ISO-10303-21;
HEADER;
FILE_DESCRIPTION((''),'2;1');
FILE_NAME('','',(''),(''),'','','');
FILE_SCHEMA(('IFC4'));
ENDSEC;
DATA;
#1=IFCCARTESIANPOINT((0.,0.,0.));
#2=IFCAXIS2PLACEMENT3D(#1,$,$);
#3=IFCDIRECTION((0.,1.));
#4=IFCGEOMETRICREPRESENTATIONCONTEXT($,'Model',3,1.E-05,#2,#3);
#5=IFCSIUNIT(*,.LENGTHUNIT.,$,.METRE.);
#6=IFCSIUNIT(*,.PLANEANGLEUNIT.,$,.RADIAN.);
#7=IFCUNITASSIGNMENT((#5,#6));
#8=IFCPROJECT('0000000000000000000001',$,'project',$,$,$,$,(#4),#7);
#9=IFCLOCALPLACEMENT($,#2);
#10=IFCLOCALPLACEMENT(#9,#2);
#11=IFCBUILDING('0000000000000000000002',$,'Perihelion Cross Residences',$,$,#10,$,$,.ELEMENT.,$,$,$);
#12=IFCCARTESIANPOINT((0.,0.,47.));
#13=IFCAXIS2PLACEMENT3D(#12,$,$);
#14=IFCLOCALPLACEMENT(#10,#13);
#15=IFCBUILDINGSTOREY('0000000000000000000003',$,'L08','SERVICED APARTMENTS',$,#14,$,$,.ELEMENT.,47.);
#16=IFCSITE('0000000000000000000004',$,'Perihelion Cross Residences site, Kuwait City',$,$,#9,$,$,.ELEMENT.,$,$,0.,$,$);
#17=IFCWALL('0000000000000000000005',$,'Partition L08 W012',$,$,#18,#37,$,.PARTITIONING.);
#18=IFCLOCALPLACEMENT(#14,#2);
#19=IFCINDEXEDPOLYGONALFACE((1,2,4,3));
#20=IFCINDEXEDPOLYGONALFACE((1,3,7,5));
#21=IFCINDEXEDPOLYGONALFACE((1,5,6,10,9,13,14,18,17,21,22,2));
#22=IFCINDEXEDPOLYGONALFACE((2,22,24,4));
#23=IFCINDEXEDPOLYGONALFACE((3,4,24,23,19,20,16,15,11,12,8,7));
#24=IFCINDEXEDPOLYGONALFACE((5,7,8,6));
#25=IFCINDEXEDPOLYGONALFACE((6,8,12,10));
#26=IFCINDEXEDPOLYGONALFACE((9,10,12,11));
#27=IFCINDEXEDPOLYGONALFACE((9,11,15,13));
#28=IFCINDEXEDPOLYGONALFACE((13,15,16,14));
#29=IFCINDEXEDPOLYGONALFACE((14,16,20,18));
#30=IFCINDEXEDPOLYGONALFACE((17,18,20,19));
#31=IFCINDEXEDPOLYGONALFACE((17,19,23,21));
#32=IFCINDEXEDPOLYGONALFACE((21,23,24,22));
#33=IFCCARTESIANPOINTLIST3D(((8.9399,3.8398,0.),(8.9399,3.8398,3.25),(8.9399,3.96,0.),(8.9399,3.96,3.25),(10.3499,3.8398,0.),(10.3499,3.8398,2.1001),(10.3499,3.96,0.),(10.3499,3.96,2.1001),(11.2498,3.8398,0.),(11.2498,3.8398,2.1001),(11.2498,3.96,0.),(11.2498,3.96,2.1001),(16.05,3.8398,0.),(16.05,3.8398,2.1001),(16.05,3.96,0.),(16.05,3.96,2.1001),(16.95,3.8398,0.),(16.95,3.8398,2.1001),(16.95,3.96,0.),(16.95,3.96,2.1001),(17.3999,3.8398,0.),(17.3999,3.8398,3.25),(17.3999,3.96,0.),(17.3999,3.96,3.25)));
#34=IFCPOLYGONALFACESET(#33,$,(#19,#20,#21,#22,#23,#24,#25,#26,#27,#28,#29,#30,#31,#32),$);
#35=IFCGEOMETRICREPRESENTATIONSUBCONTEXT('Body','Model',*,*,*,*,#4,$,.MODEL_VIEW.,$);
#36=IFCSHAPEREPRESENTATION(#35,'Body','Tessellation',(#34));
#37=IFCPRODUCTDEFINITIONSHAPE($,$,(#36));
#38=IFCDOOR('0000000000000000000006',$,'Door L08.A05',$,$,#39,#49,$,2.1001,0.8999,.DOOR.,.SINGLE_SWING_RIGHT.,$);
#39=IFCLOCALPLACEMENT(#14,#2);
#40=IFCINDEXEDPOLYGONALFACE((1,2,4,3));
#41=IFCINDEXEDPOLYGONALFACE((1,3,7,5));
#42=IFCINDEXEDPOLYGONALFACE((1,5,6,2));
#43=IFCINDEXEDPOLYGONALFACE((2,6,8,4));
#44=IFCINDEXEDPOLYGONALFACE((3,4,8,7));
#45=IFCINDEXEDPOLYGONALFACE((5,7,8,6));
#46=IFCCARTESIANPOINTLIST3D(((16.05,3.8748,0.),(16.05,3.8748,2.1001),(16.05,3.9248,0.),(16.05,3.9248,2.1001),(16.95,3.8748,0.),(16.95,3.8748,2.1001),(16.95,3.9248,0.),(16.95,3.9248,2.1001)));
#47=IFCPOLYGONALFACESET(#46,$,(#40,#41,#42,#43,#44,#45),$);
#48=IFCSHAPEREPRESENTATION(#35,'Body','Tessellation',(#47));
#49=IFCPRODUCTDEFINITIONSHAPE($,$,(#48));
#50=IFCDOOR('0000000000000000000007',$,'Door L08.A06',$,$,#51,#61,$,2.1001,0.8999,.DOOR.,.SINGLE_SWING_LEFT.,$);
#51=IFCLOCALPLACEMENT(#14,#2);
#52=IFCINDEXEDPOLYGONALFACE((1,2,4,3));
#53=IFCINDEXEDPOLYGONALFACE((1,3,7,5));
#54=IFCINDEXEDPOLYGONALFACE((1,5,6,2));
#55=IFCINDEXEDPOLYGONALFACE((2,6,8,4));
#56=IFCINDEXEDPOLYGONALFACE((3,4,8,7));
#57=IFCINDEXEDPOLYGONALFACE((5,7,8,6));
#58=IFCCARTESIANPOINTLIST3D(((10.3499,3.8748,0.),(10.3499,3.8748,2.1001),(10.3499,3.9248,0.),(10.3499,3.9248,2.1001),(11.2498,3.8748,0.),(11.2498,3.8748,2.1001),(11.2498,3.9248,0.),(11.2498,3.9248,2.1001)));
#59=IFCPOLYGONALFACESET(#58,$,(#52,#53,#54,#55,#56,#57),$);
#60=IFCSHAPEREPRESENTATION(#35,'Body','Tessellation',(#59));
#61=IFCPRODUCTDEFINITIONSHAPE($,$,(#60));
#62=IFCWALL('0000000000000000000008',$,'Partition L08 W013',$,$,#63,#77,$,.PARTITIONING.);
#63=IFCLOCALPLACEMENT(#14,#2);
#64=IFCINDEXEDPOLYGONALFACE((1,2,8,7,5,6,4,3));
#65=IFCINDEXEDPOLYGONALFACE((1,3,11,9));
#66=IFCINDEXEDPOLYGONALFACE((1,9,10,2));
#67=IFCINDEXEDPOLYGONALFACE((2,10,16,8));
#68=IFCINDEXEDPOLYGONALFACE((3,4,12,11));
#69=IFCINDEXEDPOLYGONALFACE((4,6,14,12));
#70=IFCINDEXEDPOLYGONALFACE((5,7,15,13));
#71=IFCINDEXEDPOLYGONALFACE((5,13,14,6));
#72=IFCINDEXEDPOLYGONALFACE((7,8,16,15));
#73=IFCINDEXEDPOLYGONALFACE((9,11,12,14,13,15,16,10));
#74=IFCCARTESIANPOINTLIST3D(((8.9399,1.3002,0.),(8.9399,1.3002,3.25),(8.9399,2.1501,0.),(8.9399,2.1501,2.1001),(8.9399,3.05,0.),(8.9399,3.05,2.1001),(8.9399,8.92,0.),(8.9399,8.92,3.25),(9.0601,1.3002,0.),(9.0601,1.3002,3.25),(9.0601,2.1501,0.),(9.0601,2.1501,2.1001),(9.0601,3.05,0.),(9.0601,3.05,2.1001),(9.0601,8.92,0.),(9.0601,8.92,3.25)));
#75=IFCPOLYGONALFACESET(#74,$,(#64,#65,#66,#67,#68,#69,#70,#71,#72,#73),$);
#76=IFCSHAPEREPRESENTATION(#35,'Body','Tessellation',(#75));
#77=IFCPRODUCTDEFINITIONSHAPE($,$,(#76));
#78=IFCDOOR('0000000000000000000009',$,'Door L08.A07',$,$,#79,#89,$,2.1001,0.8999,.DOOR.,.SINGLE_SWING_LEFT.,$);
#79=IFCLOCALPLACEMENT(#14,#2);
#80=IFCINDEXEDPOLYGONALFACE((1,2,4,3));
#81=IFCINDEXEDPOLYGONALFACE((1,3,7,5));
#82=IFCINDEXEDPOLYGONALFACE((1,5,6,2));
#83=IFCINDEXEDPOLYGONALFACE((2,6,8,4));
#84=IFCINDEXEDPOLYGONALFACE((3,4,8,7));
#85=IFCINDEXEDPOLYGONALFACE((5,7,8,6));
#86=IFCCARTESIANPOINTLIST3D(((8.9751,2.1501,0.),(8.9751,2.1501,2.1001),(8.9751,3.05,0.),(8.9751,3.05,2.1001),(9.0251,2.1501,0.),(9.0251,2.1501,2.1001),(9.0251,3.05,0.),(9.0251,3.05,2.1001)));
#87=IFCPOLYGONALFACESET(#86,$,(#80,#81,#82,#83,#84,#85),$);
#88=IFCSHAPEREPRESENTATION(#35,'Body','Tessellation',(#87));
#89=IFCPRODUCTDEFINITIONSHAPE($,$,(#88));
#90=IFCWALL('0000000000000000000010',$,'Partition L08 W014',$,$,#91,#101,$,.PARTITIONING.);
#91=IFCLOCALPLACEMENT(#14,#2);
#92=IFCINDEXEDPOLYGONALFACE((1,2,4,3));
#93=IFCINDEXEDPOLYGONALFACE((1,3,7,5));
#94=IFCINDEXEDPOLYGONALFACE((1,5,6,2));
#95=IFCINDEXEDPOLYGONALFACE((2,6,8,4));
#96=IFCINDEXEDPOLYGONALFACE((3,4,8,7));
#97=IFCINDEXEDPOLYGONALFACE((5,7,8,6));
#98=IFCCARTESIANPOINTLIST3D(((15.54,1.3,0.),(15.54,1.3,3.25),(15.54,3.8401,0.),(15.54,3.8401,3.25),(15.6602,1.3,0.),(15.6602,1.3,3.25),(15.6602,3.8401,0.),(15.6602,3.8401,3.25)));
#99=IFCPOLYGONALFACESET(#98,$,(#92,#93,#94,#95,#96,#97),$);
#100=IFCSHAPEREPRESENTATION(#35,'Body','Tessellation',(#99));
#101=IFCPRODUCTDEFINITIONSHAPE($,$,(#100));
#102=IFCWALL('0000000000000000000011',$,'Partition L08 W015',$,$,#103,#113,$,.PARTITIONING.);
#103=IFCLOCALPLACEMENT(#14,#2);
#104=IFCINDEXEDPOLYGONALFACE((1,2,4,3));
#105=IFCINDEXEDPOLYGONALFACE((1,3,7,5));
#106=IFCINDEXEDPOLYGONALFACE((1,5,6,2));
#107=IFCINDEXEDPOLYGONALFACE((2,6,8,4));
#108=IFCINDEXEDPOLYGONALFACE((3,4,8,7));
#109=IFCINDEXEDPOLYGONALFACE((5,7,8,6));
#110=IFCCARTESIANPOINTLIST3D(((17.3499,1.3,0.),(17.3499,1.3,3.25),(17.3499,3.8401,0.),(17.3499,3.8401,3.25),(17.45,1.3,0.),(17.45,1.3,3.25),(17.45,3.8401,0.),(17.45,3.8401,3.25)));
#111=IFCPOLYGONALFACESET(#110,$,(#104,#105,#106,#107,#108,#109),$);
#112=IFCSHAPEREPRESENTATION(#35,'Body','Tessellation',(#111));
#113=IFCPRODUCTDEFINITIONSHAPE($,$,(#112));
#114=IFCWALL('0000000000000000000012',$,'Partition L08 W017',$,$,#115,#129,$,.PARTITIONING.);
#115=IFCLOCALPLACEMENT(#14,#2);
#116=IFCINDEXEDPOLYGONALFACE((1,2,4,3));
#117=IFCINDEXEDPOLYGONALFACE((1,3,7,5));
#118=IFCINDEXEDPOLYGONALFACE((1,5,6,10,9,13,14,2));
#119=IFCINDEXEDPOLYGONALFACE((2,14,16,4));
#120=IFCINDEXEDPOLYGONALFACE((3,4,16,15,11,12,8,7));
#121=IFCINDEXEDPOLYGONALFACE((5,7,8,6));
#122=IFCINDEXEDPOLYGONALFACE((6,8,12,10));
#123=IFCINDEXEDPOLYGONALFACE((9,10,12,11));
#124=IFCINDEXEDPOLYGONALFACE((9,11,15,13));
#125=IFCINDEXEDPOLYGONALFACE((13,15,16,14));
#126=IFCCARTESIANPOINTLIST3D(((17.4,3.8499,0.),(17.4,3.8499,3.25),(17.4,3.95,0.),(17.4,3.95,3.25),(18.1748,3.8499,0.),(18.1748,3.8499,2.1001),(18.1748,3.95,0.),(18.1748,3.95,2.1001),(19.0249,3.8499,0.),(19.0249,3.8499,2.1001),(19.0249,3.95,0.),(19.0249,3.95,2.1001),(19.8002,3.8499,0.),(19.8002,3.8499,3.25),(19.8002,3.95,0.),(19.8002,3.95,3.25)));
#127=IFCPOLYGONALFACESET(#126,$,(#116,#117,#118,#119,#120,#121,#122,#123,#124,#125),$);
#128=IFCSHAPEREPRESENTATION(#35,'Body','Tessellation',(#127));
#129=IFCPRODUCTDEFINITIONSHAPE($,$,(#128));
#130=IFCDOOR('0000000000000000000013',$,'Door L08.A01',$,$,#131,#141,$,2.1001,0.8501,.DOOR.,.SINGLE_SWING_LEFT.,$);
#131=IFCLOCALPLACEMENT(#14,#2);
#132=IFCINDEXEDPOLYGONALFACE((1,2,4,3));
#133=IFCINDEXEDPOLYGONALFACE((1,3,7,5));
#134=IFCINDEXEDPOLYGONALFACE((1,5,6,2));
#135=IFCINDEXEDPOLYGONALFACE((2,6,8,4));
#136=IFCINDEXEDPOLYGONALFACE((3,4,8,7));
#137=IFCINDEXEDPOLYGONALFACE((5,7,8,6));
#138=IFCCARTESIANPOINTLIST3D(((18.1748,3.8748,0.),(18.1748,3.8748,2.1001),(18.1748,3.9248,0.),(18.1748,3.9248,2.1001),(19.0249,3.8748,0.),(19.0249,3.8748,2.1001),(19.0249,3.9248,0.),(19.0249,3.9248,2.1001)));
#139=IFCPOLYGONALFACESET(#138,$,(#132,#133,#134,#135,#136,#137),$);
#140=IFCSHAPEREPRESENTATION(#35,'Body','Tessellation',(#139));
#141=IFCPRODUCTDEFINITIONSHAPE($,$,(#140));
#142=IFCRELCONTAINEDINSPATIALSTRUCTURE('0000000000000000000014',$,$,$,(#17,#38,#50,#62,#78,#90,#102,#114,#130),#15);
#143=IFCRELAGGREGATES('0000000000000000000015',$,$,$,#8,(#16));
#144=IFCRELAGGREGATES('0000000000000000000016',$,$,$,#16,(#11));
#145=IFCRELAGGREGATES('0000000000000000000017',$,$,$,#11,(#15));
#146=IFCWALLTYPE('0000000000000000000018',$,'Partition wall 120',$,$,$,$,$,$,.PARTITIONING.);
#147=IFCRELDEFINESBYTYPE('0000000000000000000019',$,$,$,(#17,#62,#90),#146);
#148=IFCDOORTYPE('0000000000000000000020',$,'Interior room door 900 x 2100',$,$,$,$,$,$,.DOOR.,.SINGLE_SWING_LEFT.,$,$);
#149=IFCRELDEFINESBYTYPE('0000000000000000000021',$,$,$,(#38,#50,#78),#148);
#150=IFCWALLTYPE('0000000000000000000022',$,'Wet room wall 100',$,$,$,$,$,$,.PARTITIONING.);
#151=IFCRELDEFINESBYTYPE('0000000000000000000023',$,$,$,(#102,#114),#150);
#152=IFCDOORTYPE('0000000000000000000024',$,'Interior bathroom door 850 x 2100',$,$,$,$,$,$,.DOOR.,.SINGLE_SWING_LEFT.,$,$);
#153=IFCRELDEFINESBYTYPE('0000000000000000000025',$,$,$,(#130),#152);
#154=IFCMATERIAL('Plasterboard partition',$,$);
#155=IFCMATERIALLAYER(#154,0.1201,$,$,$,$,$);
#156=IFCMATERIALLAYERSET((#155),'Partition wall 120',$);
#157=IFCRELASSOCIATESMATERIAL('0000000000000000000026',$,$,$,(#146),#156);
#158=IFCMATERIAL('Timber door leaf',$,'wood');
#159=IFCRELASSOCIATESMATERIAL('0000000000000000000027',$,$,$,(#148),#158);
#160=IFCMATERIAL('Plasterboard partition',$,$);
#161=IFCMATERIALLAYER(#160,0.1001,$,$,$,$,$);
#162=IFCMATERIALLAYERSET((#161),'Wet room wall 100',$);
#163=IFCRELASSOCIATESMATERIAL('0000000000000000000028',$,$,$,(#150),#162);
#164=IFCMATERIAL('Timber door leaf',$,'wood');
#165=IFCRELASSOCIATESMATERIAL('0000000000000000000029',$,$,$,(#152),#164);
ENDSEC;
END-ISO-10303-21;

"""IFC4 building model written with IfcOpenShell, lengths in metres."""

from ifc_helpers import new_model, si_unit, direction, frame, frame_2d, origin, place, context, subcontext, project, spatial, rectangle, extrude, material, layer, layer_set, type_object, element, fill, save


model = new_model("IFC4")

# Units and contexts
model_context = context("Model", 3, precision=1e-05, world=origin(), true_north=direction((0.0, 1.0)))
body_context = subcontext(model_context, "Body", "Model", "MODEL_VIEW")
ifc_project = project(units=[si_unit("LENGTHUNIT", "METRE"), si_unit("PLANEANGLEUNIT", "RADIAN")], contexts=[model_context])

# Site, building, storey
site_placement = place(None, origin())
site = spatial("IfcSite", under=ifc_project, at=site_placement, Name="Perihelion Cross Residences site, Kuwait City", CompositionType="ELEMENT", RefElevation=0.0)
building_placement = place(site_placement, origin())
building = spatial("IfcBuilding", under=site, at=building_placement, Name="Perihelion Cross Residences", CompositionType="ELEMENT")
storey_placement = place(building_placement, frame((0.0, 0.0, 47.0)))
storey = spatial("IfcBuildingStorey", under=building, at=storey_placement, Name="L08", Description="SERVICED APARTMENTS", CompositionType="ELEMENT", Elevation=47.0)

# Shared definitions
ifc_material_1 = material(Name="Plasterboard partition")
ifc_layer_1 = layer(ifc_material_1, 0.1201)
ifc_layer_set_1 = layer_set([ifc_layer_1], Name="Partition wall 120")
wall_type_1 = type_object("IfcWallType", Name="Partition wall 120", PredefinedType="PARTITIONING", material=ifc_layer_set_1)
ifc_material_2 = material(Name="Timber door leaf", Category="wood")
door_type_1 = type_object("IfcDoorType", Name="Interior room door 900 x 2100", OperationType="SINGLE_SWING_LEFT", PredefinedType="DOOR", material=ifc_material_2)

# Wall, openings, doors
wall_1_placement = place(storey_placement, frame((8.9399, 3.8999, 0.0), z_axis=(0.0, 0.0, 1.0), x_axis=(1.0, 0.0, 0.0)))
wall_1 = element("IfcWall", 1, at=wall_1_placement, inside=storey, type_object=wall_type_1, Name="Partition L08 W012", PredefinedType="PARTITIONING", context=body_context, shape_type="SweptSolid", body=[
    extrude(rectangle(XDim=8.46, YDim=0.1201, at=frame_2d((4.23, 0.0))), origin(), (0.0, 0.0, 1.0), 3.25),
])
opening_1_placement = place(wall_1_placement, frame((7.1101, 0.0, 0.0)))
opening_1 = element("IfcOpeningElement", 2, at=opening_1_placement, cuts=wall_1, PredefinedType="OPENING", context=body_context, shape_type="SweptSolid", body=[
    extrude(rectangle(XDim=0.8999, YDim=2.1001, at=frame_2d((0.45, 1.05))), frame((0.0, 0.0701, 0.0), z_axis=(0.0, -1.0, 0.0), x_axis=(1.0, 0.0, 0.0)), (0.0, 0.0, 1.0), 0.1401),
])
opening_2_placement = place(wall_1_placement, frame((1.4099, 0.0, 0.0)))
opening_2 = element("IfcOpeningElement", 3, at=opening_2_placement, cuts=wall_1, PredefinedType="OPENING", context=body_context, shape_type="SweptSolid", body=[
    extrude(rectangle(XDim=0.8999, YDim=2.1001, at=frame_2d((0.45, 1.05))), frame((0.0, 0.0701, 0.0), z_axis=(0.0, -1.0, 0.0), x_axis=(1.0, 0.0, 0.0)), (0.0, 0.0, 1.0), 0.1401),
])
door_1_placement = place(opening_1_placement, origin())
door_1 = element("IfcDoor", 4, at=door_1_placement, inside=storey, type_object=door_type_1, Name="Door L08.A05", OperationType="SINGLE_SWING_RIGHT", OverallHeight=2.1001, OverallWidth=0.8999, PredefinedType="DOOR", context=body_context, shape_type="SweptSolid", body=[
    extrude(rectangle(XDim=0.8999, YDim=2.1001, at=frame_2d((0.45, 1.05))), frame((0.0, 0.0249, 0.0), z_axis=(0.0, -1.0, 0.0), x_axis=(1.0, 0.0, 0.0)), (0.0, 0.0, 1.0), 0.05),
])
fill(opening_1, door_1)
door_2_placement = place(opening_2_placement, origin())
door_2 = element("IfcDoor", 5, at=door_2_placement, inside=storey, type_object=door_type_1, Name="Door L08.A06", OperationType="SINGLE_SWING_LEFT", OverallHeight=2.1001, OverallWidth=0.8999, PredefinedType="DOOR", context=body_context, shape_type="SweptSolid", body=[
    extrude(rectangle(XDim=0.8999, YDim=2.1001, at=frame_2d((0.45, 1.05))), frame((0.0, 0.0249, 0.0), z_axis=(0.0, -1.0, 0.0), x_axis=(1.0, 0.0, 0.0)), (0.0, 0.0, 1.0), 0.05),
])
fill(opening_2, door_2)

# Wall, opening, door
wall_2_placement = place(storey_placement, frame((9.0, 1.3, 0.0), z_axis=(0.0, 0.0, 1.0), x_axis=(0.0, 1.0, 0.0)))
wall_2 = element("IfcWall", 6, at=wall_2_placement, inside=storey, type_object=wall_type_1, Name="Partition L08 W013", PredefinedType="PARTITIONING", context=body_context, shape_type="SweptSolid", body=[
    extrude(rectangle(XDim=7.6199, YDim=0.1201, at=frame_2d((3.8101, 0.0))), origin(), (0.0, 0.0, 1.0), 3.25),
])
opening_3_placement = place(wall_2_placement, frame((0.8501, 0.0, 0.0)))
opening_3 = element("IfcOpeningElement", 7, at=opening_3_placement, cuts=wall_2, PredefinedType="OPENING", context=body_context, shape_type="SweptSolid", body=[
    extrude(rectangle(XDim=0.8999, YDim=2.1001, at=frame_2d((0.45, 1.05))), frame((0.0, 0.0701, 0.0), z_axis=(0.0, -1.0, 0.0), x_axis=(1.0, 0.0, 0.0)), (0.0, 0.0, 1.0), 0.1401),
])
door_3_placement = place(opening_3_placement, origin())
door_3 = element("IfcDoor", 8, at=door_3_placement, inside=storey, type_object=door_type_1, Name="Door L08.A07", OperationType="SINGLE_SWING_LEFT", OverallHeight=2.1001, OverallWidth=0.8999, PredefinedType="DOOR", context=body_context, shape_type="SweptSolid", body=[
    extrude(rectangle(XDim=0.8999, YDim=2.1001, at=frame_2d((0.45, 1.05))), frame((0.0, 0.0249, 0.0), z_axis=(0.0, -1.0, 0.0), x_axis=(1.0, 0.0, 0.0)), (0.0, 0.0, 1.0), 0.05),
])
fill(opening_3, door_3)

# Walls
wall_3_placement = place(storey_placement, frame((15.6001, 3.8401, 0.0), z_axis=(0.0, 0.0, 1.0), x_axis=(0.0, -1.0, 0.0)))
element("IfcWall", 9, at=wall_3_placement, inside=storey, type_object=wall_type_1, Name="Partition L08 W014", PredefinedType="PARTITIONING", context=body_context, shape_type="SweptSolid", body=[
    extrude(rectangle(XDim=2.54, YDim=0.1201, at=frame_2d((1.27, 0.0))), origin(), (0.0, 0.0, 1.0), 3.25),
])
ifc_material_3 = material(Name="Plasterboard partition")
ifc_layer_2 = layer(ifc_material_3, 0.1001)
ifc_layer_set_2 = layer_set([ifc_layer_2], Name="Wet room wall 100")
wall_type_2 = type_object("IfcWallType", Name="Wet room wall 100", PredefinedType="PARTITIONING", material=ifc_layer_set_2)
wall_4_placement = place(storey_placement, frame((17.3999, 3.8401, 0.0), z_axis=(0.0, 0.0, 1.0), x_axis=(0.0, -1.0, 0.0)))
element("IfcWall", 10, at=wall_4_placement, inside=storey, type_object=wall_type_2, Name="Partition L08 W015", PredefinedType="PARTITIONING", context=body_context, shape_type="SweptSolid", body=[
    extrude(rectangle(XDim=2.54, YDim=0.1001, at=frame_2d((1.27, 0.0))), origin(), (0.0, 0.0, 1.0), 3.25),
])

# Wall, opening, door
wall_5_placement = place(storey_placement, frame((17.3999, 3.8999, 0.0), z_axis=(0.0, 0.0, 1.0), x_axis=(1.0, 0.0, 0.0)))
wall_5 = element("IfcWall", 11, at=wall_5_placement, inside=storey, type_object=wall_type_2, Name="Partition L08 W017", PredefinedType="PARTITIONING", context=body_context, shape_type="SweptSolid", body=[
    extrude(rectangle(XDim=2.4001, YDim=0.1001, at=frame_2d((1.2002, 0.0))), origin(), (0.0, 0.0, 1.0), 3.25),
])
opening_4_placement = place(wall_5_placement, frame((0.7749, 0.0, 0.0)))
opening_4 = element("IfcOpeningElement", 12, at=opening_4_placement, cuts=wall_5, PredefinedType="OPENING", context=body_context, shape_type="SweptSolid", body=[
    extrude(rectangle(XDim=0.8501, YDim=2.1001, at=frame_2d((0.425, 1.05))), frame((0.0, 0.0601, 0.0), z_axis=(0.0, -1.0, 0.0), x_axis=(1.0, 0.0, 0.0)), (0.0, 0.0, 1.0), 0.1201),
])
ifc_material_4 = material(Name="Timber door leaf", Category="wood")
door_type_2 = type_object("IfcDoorType", Name="Interior bathroom door 850 x 2100", OperationType="SINGLE_SWING_LEFT", PredefinedType="DOOR", material=ifc_material_4)
door_4_placement = place(opening_4_placement, origin())
door_4 = element("IfcDoor", 13, at=door_4_placement, inside=storey, type_object=door_type_2, Name="Door L08.A01", OperationType="SINGLE_SWING_LEFT", OverallHeight=2.1001, OverallWidth=0.8501, PredefinedType="DOOR", context=body_context, shape_type="SweptSolid", body=[
    extrude(rectangle(XDim=0.8501, YDim=2.1001, at=frame_2d((0.425, 1.05))), frame((0.0, 0.0249, 0.0), z_axis=(0.0, -1.0, 0.0), x_axis=(1.0, 0.0, 0.0)), (0.0, 0.0, 1.0), 0.05),
])
fill(opening_4, door_4)

save(model, "model.ifc")
